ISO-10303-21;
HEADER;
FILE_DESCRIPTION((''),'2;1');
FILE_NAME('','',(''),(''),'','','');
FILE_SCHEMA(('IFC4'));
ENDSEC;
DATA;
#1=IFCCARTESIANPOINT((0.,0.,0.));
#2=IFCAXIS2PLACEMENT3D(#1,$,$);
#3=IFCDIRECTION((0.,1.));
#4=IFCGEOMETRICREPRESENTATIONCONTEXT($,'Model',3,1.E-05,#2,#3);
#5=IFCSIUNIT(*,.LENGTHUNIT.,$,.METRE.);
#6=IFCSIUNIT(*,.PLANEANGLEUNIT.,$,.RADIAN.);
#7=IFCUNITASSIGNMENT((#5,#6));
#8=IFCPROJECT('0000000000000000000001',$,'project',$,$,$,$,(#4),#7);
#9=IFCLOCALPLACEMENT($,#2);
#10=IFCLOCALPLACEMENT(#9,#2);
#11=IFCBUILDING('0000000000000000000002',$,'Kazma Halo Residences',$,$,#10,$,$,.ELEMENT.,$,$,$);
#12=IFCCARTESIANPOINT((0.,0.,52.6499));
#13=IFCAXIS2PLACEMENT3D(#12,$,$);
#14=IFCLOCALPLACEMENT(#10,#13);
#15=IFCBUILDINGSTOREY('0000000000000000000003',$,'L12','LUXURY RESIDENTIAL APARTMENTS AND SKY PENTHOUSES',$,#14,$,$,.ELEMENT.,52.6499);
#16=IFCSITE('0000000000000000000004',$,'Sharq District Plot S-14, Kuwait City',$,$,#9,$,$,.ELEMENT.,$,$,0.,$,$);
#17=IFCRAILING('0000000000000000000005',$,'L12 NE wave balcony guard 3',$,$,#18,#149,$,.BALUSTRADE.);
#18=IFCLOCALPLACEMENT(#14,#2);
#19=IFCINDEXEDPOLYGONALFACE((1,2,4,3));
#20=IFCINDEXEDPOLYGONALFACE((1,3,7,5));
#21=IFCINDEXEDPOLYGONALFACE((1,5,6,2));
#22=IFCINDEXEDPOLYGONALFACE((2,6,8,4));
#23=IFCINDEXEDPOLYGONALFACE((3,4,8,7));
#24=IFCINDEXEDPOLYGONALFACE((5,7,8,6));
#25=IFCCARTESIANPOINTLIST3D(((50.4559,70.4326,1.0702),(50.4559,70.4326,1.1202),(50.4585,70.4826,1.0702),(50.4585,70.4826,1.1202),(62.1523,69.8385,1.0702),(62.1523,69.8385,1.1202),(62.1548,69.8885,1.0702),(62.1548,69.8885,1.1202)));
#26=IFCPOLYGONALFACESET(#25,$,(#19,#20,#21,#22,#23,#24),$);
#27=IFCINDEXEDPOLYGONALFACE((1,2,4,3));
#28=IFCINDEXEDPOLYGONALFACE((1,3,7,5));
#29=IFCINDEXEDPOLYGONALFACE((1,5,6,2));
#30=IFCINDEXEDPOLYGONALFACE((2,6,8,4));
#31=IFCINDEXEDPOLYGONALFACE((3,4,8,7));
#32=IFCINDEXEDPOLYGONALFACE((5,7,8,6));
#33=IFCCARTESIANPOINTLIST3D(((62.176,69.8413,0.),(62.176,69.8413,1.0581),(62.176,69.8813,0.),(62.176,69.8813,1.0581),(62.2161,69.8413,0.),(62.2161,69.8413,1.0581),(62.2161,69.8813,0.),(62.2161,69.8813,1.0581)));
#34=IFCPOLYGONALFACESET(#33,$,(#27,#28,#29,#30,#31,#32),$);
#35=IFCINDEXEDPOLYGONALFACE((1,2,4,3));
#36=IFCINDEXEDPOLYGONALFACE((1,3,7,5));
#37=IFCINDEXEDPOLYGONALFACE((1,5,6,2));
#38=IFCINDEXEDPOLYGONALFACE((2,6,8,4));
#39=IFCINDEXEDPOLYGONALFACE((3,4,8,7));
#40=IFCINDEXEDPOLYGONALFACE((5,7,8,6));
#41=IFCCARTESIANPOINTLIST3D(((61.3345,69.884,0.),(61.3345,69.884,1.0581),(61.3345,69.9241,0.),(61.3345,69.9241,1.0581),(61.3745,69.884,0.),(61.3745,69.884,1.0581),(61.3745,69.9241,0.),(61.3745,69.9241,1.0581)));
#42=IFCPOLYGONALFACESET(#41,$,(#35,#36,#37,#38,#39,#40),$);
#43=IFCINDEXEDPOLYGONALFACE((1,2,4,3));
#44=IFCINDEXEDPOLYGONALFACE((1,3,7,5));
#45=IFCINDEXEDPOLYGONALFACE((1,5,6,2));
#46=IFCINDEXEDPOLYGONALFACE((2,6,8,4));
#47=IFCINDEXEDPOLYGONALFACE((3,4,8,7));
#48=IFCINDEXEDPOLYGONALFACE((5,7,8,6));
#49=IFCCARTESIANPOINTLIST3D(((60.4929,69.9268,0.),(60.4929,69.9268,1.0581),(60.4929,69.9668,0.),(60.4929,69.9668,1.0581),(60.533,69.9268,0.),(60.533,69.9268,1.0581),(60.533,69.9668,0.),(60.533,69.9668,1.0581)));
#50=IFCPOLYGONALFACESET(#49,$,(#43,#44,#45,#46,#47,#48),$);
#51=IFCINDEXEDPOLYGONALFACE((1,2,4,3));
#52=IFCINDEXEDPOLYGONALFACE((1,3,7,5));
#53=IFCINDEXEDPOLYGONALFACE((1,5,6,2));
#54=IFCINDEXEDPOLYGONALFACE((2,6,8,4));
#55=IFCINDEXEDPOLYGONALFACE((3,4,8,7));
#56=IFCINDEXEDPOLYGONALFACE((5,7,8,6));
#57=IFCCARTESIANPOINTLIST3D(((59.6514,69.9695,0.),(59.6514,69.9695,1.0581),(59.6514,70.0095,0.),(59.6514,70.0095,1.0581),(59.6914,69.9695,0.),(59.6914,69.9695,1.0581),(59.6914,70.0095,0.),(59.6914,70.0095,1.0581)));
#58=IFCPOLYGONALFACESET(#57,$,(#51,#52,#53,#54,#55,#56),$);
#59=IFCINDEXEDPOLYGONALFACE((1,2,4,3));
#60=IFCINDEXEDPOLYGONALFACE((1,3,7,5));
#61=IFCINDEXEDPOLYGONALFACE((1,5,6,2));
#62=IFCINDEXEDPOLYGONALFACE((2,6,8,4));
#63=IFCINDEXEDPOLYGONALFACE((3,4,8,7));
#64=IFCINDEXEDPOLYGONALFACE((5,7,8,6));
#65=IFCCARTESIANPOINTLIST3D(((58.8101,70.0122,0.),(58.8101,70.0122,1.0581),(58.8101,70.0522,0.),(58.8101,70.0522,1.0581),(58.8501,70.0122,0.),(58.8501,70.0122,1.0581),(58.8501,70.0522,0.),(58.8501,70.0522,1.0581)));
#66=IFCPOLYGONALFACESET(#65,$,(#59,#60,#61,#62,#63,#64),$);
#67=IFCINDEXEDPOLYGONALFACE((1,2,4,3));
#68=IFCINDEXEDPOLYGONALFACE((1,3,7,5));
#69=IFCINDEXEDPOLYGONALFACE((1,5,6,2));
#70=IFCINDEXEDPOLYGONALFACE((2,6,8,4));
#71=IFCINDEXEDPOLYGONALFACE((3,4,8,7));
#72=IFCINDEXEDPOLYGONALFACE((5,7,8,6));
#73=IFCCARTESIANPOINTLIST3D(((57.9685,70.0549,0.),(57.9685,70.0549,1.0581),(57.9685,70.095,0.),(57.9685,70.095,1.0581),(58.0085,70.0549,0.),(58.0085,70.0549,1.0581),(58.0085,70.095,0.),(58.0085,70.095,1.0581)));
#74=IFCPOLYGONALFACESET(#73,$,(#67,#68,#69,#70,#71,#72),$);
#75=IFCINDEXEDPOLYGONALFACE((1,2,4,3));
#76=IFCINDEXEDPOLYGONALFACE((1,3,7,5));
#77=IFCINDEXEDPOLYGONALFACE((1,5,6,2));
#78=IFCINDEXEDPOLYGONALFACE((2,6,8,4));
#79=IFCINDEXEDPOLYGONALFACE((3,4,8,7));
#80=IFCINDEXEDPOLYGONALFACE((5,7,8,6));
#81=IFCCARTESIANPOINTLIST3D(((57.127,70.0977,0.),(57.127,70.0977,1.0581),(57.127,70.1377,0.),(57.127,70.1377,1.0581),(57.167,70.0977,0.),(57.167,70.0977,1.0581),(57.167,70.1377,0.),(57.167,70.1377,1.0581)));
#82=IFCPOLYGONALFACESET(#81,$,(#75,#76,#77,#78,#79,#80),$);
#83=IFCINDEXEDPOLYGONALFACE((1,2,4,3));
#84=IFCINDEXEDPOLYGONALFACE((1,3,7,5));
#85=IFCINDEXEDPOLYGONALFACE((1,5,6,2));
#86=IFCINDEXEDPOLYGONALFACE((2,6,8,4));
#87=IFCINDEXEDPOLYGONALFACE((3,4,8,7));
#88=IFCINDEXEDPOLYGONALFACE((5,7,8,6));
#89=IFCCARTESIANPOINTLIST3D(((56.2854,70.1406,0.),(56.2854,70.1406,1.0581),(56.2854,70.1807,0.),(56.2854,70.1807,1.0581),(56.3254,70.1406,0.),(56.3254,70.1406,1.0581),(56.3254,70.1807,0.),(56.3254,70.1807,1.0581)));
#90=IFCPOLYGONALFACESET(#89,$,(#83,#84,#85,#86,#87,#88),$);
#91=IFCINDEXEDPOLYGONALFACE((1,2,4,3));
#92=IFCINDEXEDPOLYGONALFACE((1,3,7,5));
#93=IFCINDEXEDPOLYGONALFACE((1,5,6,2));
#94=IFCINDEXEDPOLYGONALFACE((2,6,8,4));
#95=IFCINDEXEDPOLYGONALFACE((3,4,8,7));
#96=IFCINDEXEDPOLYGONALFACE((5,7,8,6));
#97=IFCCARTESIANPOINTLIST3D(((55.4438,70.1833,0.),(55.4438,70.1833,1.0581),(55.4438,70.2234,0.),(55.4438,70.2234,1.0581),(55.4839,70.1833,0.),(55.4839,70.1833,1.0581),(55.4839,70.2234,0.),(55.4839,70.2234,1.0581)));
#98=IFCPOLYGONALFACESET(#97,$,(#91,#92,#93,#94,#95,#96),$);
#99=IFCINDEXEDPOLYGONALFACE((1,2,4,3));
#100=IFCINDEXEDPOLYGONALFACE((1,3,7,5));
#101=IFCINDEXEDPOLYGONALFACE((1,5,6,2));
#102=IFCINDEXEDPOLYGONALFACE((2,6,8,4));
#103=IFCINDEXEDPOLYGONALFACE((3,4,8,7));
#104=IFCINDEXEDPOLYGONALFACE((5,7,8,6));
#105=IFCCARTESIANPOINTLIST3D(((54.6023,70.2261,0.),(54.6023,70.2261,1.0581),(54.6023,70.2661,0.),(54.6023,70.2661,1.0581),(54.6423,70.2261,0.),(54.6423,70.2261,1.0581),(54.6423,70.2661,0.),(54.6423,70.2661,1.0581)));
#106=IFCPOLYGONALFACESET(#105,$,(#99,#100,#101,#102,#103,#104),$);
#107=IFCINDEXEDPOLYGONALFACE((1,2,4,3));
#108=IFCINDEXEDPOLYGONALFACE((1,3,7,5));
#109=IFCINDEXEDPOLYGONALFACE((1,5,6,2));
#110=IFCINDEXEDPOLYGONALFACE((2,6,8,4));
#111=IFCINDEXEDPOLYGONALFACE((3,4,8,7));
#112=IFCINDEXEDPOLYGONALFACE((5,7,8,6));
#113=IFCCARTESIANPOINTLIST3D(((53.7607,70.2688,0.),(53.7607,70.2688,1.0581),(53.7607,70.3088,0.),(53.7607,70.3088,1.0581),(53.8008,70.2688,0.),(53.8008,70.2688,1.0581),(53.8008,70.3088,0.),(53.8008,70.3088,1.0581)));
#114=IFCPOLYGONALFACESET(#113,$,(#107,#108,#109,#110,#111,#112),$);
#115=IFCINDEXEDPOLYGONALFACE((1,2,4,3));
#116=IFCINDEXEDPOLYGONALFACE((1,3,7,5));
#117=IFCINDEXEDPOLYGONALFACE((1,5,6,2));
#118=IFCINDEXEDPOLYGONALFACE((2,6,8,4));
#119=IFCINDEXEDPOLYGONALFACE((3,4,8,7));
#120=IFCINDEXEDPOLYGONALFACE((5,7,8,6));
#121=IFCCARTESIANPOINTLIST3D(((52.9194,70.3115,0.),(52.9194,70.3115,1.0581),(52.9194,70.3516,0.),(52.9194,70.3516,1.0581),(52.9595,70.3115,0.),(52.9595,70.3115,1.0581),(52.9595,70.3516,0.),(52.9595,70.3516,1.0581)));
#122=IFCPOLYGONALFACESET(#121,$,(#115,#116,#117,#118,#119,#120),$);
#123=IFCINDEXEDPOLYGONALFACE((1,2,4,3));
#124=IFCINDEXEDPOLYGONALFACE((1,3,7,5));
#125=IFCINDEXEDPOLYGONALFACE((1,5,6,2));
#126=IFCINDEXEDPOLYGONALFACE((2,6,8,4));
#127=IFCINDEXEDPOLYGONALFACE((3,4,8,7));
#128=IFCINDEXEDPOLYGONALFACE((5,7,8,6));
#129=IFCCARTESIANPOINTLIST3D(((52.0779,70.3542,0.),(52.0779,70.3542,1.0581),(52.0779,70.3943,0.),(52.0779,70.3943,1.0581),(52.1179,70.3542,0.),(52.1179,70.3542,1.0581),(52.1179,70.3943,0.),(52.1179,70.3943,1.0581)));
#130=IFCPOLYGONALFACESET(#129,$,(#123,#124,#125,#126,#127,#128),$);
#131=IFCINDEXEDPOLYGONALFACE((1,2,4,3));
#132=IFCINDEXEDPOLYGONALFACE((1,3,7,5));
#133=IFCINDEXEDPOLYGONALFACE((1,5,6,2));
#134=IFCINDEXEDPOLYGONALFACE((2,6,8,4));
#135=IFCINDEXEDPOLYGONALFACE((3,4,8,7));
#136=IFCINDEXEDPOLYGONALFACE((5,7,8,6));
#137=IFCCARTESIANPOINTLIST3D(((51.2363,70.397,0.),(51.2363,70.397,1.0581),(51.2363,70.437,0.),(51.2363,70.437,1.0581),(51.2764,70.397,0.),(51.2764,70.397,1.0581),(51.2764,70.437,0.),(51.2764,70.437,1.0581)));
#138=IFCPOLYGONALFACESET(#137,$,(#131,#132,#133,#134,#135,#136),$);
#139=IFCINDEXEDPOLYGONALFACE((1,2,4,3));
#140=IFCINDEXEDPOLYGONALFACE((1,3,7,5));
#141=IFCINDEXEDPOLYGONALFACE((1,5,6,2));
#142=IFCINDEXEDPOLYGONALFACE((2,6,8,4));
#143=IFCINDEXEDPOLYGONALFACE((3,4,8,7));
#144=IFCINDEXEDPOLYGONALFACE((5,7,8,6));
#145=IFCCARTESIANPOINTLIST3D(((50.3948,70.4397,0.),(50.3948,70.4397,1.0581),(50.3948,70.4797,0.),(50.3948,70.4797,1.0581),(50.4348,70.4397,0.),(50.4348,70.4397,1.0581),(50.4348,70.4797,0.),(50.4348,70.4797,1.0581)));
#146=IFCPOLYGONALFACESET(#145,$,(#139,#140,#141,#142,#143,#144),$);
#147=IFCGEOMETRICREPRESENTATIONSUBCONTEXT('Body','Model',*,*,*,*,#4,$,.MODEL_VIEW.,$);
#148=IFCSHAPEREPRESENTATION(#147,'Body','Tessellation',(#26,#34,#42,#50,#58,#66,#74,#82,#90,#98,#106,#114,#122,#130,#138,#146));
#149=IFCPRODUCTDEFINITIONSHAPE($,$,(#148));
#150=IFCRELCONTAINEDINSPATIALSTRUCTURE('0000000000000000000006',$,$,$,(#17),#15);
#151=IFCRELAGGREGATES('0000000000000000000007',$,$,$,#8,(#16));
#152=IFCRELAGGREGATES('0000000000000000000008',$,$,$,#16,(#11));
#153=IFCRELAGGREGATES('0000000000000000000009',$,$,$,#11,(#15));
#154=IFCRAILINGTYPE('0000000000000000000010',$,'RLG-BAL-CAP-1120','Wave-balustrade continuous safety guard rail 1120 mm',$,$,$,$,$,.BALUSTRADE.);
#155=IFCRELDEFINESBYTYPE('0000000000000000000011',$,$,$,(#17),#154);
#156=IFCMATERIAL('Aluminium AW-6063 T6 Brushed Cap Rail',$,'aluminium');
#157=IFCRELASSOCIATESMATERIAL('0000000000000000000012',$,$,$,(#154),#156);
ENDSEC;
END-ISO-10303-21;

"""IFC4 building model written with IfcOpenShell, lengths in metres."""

from ifc_helpers import new_model, si_unit, direction, frame, origin, origin_2d, place, context, subcontext, project, spatial, rectangle, extrude, material, type_object, element, save


model = new_model("IFC4")

# Units and contexts
model_context = context("Model", 3, precision=1e-05, world=origin(), true_north=direction((0.0, 1.0)))
body_context = subcontext(model_context, "Body", "Model", "MODEL_VIEW")
ifc_project = project(units=[si_unit("LENGTHUNIT", "METRE"), si_unit("PLANEANGLEUNIT", "RADIAN")], contexts=[model_context])

# Site, building, storey
site_placement = place(None, origin())
site = spatial("IfcSite", under=ifc_project, at=site_placement, Name="Sharq District Plot S-14, Kuwait City", CompositionType="ELEMENT", RefElevation=0.0)
building_placement = place(site_placement, origin())
building = spatial("IfcBuilding", under=site, at=building_placement, Name="Kazma Halo Residences", CompositionType="ELEMENT")
storey_placement = place(building_placement, frame((0.0, 0.0, 52.6499)))
storey = spatial("IfcBuildingStorey", under=building, at=storey_placement, Name="L12", Description="LUXURY RESIDENTIAL APARTMENTS AND SKY PENTHOUSES", CompositionType="ELEMENT", Elevation=52.6499)

# Railing
ifc_material_1 = material(Name="Aluminium AW-6063 T6 Brushed Cap Rail", Category="aluminium")
railing_type = type_object("IfcRailingType", Name="RLG-BAL-CAP-1120", Description="Wave-balustrade continuous safety guard rail 1120 mm", PredefinedType="BALUSTRADE", material=ifc_material_1)
railing_1_placement = place(storey_placement, frame((62.196, 69.8613, 0.0)))
element("IfcRailing", 1, at=railing_1_placement, inside=storey, type_object=railing_type, Name="L12 NE wave balcony guard 3", PredefinedType="BALUSTRADE", context=body_context, shape_type="SweptSolid", body=[
    extrude(rectangle(XDim=0.05, YDim=0.05, at=origin_2d()), frame((-0.0425, 0.0022, 1.0952), z_axis=(-0.998713, 0.050726, 0.0), x_axis=(-0.050726, -0.998713, 0.0)), (0.0, 0.0, 1.0), 11.7114),
    extrude(rectangle(XDim=0.04, YDim=0.04, at=origin_2d()), origin(), (0.0, 0.0, 1.0), 1.0581),
    extrude(rectangle(XDim=0.04, YDim=0.04, at=origin_2d()), frame((-0.8416, 0.0427, 0.0)), (0.0, 0.0, 1.0), 1.0581),
    extrude(rectangle(XDim=0.04, YDim=0.04, at=origin_2d()), frame((-1.6831, 0.0854, 0.0)), (0.0, 0.0, 1.0), 1.0581),
    extrude(rectangle(XDim=0.04, YDim=0.04, at=origin_2d()), frame((-2.5247, 0.1282, 0.0)), (0.0, 0.0, 1.0), 1.0581),
    extrude(rectangle(XDim=0.04, YDim=0.04, at=origin_2d()), frame((-3.366, 0.1709, 0.0)), (0.0, 0.0, 1.0), 1.0581),
    extrude(rectangle(XDim=0.04, YDim=0.04, at=origin_2d()), frame((-4.2075, 0.2136, 0.0)), (0.0, 0.0, 1.0), 1.0581),
    extrude(rectangle(XDim=0.04, YDim=0.04, at=origin_2d()), frame((-5.0491, 0.2563, 0.0)), (0.0, 0.0, 1.0), 1.0581),
    extrude(rectangle(XDim=0.04, YDim=0.04, at=origin_2d()), frame((-5.8906, 0.2993, 0.0)), (0.0, 0.0, 1.0), 1.0581),
    extrude(rectangle(XDim=0.04, YDim=0.04, at=origin_2d()), frame((-6.7322, 0.342, 0.0)), (0.0, 0.0, 1.0), 1.0581),
    extrude(rectangle(XDim=0.04, YDim=0.04, at=origin_2d()), frame((-7.5737, 0.3848, 0.0)), (0.0, 0.0, 1.0), 1.0581),
    extrude(rectangle(XDim=0.04, YDim=0.04, at=origin_2d()), frame((-8.4153, 0.4275, 0.0)), (0.0, 0.0, 1.0), 1.0581),
    extrude(rectangle(XDim=0.04, YDim=0.04, at=origin_2d()), frame((-9.2566, 0.4702, 0.0)), (0.0, 0.0, 1.0), 1.0581),
    extrude(rectangle(XDim=0.04, YDim=0.04, at=origin_2d()), frame((-10.0981, 0.5129, 0.0)), (0.0, 0.0, 1.0), 1.0581),
    extrude(rectangle(XDim=0.04, YDim=0.04, at=origin_2d()), frame((-10.9397, 0.5557, 0.0)), (0.0, 0.0, 1.0), 1.0581),
    extrude(rectangle(XDim=0.04, YDim=0.04, at=origin_2d()), frame((-11.7812, 0.5984, 0.0)), (0.0, 0.0, 1.0), 1.0581),
])

save(model, "model.ifc")
